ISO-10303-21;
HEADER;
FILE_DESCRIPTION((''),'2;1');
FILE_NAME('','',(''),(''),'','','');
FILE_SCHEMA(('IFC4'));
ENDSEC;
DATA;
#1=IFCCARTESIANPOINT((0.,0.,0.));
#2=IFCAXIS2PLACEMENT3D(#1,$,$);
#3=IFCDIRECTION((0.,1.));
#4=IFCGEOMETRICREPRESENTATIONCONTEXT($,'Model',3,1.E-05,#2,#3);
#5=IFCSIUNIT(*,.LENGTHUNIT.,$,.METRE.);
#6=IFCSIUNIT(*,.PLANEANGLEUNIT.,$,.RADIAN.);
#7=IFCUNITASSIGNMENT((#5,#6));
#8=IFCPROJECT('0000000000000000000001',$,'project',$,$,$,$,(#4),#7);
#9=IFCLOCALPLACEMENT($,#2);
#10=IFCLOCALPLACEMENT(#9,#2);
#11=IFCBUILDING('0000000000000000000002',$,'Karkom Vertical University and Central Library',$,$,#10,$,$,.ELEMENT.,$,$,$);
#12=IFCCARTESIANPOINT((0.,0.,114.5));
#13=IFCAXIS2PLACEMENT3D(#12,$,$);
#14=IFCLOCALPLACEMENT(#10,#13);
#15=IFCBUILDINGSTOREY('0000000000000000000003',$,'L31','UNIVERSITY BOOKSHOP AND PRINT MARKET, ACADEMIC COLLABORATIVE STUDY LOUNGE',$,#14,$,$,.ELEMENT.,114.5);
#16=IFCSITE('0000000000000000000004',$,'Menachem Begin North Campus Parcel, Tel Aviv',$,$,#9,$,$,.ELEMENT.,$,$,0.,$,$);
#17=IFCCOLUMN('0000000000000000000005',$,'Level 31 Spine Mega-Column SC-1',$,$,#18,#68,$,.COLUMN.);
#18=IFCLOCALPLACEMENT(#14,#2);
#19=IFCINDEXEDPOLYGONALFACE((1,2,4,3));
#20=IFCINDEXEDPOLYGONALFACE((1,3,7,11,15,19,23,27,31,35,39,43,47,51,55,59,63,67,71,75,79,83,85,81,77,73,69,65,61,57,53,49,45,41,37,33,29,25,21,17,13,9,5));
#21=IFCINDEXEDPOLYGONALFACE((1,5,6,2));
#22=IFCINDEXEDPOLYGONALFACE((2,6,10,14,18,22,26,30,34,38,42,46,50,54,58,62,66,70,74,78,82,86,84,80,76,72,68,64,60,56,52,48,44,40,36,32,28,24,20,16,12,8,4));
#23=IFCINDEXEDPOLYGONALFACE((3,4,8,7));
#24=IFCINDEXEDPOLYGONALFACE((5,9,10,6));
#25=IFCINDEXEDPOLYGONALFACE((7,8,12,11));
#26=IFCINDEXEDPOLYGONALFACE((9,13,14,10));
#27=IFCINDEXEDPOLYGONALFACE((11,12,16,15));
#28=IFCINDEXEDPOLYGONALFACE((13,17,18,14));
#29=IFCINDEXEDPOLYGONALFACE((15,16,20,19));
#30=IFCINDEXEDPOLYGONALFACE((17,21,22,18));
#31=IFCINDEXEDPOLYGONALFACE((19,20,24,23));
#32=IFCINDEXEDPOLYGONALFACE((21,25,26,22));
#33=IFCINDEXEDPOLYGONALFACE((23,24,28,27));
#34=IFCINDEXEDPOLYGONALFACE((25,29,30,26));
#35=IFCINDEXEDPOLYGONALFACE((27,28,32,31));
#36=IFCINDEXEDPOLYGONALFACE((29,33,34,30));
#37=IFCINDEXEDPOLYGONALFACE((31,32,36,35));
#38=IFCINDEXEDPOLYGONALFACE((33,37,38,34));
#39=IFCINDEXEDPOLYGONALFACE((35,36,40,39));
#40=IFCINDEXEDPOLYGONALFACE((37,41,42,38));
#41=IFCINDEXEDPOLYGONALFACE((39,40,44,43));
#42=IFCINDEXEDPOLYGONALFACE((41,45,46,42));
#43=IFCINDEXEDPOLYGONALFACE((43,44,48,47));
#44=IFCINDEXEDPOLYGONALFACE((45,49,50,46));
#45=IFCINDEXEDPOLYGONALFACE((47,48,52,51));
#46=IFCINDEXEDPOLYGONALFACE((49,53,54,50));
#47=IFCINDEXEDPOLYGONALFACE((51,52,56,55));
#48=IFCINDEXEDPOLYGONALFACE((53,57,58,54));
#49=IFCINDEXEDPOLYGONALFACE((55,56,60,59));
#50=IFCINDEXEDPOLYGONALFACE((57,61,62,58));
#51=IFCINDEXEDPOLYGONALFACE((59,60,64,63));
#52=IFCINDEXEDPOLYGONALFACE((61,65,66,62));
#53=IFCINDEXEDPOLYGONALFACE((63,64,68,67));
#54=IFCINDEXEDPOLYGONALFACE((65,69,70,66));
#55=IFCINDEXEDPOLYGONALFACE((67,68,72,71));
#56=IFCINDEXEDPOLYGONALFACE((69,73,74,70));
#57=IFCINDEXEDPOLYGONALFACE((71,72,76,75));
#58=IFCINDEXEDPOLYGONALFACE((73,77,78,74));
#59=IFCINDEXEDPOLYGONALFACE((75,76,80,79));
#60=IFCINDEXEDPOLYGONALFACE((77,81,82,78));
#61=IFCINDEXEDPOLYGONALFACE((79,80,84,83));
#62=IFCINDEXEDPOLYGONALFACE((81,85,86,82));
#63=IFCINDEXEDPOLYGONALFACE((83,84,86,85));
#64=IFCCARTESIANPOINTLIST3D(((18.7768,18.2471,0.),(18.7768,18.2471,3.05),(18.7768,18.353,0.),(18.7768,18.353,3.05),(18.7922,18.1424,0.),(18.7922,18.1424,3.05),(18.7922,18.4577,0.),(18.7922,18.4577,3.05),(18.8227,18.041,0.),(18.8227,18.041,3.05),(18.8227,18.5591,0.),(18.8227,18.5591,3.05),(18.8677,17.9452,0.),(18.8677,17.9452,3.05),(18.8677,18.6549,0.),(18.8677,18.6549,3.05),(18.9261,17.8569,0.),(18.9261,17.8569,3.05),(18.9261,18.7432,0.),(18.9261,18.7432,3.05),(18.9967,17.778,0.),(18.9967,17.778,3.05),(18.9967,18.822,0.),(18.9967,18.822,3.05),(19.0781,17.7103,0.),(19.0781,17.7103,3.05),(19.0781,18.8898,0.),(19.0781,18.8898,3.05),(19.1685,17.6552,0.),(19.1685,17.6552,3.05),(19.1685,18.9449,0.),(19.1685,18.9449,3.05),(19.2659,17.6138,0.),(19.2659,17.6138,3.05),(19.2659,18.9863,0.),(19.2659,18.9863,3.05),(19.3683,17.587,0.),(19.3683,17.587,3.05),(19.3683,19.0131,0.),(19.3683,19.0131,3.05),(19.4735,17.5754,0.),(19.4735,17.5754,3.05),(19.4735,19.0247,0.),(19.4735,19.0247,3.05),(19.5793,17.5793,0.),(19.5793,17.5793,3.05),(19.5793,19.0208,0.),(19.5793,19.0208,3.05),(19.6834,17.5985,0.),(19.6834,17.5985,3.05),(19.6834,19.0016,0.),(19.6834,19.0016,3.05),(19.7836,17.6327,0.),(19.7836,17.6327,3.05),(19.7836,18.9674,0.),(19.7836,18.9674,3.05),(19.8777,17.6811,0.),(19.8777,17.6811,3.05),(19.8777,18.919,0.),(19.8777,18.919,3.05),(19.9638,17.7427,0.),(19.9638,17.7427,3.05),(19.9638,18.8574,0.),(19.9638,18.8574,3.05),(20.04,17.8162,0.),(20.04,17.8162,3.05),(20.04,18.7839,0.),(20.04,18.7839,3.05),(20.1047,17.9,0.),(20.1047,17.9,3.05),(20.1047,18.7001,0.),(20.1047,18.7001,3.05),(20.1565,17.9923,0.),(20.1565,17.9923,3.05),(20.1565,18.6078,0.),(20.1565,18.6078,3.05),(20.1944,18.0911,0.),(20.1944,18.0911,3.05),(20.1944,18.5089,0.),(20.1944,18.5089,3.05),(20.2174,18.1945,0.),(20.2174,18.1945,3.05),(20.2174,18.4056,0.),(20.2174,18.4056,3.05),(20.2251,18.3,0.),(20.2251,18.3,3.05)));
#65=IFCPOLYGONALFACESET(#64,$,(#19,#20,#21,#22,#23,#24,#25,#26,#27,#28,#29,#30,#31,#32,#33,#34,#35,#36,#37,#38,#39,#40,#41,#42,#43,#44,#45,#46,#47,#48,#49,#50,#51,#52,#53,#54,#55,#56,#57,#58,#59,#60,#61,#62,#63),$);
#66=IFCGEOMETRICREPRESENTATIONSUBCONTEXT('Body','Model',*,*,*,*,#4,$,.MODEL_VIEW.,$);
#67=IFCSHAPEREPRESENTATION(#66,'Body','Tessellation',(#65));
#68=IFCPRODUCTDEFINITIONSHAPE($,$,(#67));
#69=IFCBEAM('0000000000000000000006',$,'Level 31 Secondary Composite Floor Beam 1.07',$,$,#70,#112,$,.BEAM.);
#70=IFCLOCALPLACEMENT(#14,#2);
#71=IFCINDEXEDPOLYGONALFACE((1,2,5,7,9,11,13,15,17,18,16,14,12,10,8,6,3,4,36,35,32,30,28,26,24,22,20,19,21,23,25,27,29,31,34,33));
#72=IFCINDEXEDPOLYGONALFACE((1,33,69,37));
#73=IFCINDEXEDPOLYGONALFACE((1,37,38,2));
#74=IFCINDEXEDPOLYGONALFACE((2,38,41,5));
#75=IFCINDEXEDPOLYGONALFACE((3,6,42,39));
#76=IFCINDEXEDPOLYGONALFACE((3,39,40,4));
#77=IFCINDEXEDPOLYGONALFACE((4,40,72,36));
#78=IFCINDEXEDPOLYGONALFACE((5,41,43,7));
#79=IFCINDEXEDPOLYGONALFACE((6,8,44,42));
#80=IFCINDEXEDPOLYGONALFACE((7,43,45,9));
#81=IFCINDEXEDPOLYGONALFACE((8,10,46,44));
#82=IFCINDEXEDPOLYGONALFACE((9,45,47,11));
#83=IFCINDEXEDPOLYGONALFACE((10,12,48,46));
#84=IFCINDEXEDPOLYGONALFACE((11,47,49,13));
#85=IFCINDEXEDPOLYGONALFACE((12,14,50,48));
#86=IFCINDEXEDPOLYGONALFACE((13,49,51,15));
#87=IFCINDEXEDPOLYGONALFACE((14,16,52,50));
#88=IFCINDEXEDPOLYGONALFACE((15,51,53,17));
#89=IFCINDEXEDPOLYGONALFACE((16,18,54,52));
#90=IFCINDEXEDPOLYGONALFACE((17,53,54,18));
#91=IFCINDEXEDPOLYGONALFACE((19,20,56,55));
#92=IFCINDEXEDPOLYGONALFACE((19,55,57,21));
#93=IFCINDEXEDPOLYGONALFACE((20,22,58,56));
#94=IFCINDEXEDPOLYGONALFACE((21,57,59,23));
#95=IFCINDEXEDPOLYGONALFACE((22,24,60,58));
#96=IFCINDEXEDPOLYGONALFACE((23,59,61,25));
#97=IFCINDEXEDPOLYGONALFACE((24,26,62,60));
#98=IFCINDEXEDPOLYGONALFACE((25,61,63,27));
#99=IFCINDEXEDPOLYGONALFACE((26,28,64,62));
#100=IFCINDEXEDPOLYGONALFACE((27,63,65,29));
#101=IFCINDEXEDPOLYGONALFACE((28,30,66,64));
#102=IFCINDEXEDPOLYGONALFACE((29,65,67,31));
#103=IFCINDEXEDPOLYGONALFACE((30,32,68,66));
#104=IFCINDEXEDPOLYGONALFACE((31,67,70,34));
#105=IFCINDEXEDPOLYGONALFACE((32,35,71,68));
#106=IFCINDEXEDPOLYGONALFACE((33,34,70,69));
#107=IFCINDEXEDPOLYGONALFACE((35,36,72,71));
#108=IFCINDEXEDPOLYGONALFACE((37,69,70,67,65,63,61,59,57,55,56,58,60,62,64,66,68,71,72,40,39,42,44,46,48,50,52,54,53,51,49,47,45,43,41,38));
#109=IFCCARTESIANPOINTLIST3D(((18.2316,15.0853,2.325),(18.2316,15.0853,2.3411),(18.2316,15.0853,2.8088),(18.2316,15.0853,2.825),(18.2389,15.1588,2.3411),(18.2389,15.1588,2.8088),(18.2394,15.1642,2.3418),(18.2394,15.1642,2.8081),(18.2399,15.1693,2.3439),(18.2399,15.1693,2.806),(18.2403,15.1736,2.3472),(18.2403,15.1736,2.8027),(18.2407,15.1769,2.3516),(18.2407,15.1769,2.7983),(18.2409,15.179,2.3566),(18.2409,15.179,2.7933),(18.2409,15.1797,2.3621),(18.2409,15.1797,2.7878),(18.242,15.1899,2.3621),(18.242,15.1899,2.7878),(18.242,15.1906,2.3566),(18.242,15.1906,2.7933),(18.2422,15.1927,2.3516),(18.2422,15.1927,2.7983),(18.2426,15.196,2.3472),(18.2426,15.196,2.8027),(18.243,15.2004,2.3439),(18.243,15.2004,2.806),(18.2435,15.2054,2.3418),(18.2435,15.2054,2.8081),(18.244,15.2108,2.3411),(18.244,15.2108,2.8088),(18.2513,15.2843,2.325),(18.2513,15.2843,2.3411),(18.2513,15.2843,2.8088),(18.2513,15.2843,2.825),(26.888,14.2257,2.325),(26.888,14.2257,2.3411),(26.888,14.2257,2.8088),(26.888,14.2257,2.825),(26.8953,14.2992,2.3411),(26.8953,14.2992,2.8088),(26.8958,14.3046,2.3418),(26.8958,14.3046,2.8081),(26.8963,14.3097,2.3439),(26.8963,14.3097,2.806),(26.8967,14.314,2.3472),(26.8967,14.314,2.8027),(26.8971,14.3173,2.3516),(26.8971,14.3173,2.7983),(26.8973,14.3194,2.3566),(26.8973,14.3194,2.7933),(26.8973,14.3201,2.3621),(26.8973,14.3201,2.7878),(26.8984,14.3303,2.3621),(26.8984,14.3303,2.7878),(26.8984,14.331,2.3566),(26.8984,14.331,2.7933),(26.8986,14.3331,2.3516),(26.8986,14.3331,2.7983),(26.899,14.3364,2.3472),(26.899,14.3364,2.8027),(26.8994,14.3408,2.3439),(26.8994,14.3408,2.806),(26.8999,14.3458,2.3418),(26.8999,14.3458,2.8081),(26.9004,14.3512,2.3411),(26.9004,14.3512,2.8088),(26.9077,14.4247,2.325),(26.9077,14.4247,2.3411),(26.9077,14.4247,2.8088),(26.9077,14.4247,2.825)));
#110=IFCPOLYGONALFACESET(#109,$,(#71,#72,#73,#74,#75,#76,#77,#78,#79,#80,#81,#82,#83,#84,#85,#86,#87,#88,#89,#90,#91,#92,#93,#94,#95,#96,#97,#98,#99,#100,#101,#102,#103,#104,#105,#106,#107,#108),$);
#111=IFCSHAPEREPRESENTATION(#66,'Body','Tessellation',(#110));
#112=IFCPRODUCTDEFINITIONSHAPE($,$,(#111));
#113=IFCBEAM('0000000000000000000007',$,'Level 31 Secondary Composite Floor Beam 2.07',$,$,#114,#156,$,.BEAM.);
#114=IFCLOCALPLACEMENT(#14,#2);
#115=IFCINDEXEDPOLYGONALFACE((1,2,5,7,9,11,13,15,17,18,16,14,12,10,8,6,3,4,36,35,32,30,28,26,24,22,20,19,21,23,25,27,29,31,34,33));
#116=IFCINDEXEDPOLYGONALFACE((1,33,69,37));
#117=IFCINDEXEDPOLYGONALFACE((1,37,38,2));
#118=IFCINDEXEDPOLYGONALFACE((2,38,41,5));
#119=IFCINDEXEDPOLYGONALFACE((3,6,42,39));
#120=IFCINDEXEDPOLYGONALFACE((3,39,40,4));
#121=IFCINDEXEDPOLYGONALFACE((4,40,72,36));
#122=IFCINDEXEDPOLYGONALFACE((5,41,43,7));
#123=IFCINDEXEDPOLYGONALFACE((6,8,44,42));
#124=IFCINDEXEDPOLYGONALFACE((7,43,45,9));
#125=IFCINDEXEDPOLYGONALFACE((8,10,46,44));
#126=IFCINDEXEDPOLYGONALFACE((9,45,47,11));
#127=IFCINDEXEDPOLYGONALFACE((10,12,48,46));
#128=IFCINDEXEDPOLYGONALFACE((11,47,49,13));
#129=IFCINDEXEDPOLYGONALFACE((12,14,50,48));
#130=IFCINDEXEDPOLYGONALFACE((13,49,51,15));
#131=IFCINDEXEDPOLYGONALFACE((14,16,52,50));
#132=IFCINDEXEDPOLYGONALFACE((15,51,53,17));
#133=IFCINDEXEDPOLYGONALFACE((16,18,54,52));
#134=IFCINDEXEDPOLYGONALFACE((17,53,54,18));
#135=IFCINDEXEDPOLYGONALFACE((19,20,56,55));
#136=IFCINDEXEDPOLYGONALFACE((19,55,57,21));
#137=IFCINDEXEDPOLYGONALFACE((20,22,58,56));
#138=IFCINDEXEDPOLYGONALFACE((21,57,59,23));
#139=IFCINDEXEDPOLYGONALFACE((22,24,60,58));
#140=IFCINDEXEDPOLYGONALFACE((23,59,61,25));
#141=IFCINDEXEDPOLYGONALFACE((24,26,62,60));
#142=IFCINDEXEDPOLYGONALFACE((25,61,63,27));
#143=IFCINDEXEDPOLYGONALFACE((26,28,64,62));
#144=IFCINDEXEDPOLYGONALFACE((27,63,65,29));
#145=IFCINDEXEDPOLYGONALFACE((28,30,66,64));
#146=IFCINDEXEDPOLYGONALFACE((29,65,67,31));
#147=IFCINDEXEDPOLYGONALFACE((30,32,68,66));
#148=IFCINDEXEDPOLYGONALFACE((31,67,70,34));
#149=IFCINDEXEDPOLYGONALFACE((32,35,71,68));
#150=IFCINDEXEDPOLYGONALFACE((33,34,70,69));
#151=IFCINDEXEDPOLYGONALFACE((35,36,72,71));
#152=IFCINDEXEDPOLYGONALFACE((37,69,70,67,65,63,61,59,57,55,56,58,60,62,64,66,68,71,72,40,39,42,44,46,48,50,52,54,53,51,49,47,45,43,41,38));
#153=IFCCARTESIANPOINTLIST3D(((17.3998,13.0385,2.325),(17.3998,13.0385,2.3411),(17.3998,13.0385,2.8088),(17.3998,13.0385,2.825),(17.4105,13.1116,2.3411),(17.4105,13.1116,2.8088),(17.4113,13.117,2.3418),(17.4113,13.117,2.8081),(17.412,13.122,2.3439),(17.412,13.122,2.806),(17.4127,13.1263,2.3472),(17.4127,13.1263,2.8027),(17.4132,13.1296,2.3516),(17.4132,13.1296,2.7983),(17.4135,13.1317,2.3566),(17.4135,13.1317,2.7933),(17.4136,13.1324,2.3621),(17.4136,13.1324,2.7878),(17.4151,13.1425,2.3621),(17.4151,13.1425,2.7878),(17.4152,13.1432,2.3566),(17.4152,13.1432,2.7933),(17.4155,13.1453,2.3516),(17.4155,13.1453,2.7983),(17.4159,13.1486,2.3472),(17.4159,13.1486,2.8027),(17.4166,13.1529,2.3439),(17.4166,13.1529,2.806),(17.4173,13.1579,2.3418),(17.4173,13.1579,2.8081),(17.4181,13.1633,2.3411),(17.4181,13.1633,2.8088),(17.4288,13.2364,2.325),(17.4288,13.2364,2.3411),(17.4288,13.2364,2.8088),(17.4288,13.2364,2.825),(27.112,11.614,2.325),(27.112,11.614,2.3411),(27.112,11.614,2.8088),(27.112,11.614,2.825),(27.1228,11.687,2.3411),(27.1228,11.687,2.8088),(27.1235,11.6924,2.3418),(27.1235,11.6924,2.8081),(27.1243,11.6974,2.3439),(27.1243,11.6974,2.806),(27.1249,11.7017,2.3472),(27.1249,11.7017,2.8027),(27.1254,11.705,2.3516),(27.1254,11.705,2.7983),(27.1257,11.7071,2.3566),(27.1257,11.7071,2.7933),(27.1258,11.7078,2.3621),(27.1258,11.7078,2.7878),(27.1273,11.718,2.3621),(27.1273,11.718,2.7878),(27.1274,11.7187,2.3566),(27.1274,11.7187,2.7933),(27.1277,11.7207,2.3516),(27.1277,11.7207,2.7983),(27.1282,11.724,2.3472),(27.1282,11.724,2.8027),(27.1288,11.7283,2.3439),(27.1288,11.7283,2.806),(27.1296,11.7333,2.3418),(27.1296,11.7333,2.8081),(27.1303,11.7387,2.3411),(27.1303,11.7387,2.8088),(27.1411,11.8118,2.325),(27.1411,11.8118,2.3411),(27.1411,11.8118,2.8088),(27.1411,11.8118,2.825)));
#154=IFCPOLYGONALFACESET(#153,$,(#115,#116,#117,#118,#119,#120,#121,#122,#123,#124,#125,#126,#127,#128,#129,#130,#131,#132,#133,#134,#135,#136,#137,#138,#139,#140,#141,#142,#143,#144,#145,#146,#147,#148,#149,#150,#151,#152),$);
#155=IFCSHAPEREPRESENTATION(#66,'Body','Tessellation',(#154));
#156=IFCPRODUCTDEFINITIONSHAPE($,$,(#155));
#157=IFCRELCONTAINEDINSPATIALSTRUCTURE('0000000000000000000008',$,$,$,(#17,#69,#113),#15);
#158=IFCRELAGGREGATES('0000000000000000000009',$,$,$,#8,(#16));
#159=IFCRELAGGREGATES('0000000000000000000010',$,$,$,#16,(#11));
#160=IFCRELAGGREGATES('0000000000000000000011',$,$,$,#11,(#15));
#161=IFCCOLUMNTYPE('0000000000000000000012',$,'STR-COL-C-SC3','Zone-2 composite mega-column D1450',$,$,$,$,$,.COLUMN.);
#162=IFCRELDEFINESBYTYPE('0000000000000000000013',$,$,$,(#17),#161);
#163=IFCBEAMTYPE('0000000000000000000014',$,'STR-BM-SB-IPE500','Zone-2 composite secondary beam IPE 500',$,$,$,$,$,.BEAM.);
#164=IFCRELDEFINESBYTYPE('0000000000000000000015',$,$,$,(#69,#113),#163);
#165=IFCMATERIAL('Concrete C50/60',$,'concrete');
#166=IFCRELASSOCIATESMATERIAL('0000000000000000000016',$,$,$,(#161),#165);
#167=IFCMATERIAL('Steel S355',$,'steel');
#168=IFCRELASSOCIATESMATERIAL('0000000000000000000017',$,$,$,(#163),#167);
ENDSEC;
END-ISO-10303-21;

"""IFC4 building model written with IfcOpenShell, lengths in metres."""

from ifc_helpers import new_model, si_unit, direction, frame, origin, origin_with_axes, origin_2d, place, context, subcontext, project, spatial, circle, i_section, extrude, source, transform, mapped, material, material_profile, profile_set, type_object, element, save


model = new_model("IFC4")

# Units and contexts
model_context = context("Model", 3, precision=1e-05, world=origin(), true_north=direction((0.0, 1.0)))
body_context = subcontext(model_context, "Body", "Model", "MODEL_VIEW")
ifc_project = project(units=[si_unit("LENGTHUNIT", "METRE"), si_unit("PLANEANGLEUNIT", "RADIAN")], contexts=[model_context])

# Site, building, storey
site_placement = place(None, origin())
site = spatial("IfcSite", under=ifc_project, at=site_placement, Name="Menachem Begin North Campus Parcel, Tel Aviv", CompositionType="ELEMENT", RefElevation=0.0)
building_placement = place(site_placement, origin())
building = spatial("IfcBuilding", under=site, at=building_placement, Name="Karkom Vertical University and Central Library", CompositionType="ELEMENT")
storey_placement = place(building_placement, frame((0.0, 0.0, 114.5)))
storey = spatial("IfcBuildingStorey", under=building, at=storey_placement, Name="L31", Description="UNIVERSITY BOOKSHOP AND PRINT MARKET, ACADEMIC COLLABORATIVE STUDY LOUNGE", CompositionType="ELEMENT", Elevation=114.5)

# Column
ifc_material_1 = material(Name="Concrete C50/60", Category="concrete")
ifc_material_profile_1 = material_profile(ifc_material_1, circle(Radius=0.7251, at=origin_2d()), Name="CFT-D1450")
ifc_profile_set_1 = profile_set([ifc_material_profile_1], Name="Concrete C50/60")
column_type = type_object("IfcColumnType", Name="STR-COL-C-SC3", Description="Zone-2 composite mega-column D1450", PredefinedType="COLUMN", material=ifc_profile_set_1)
shared_shape_1 = source(origin_with_axes(), body_context, "Body", "SweptSolid", [
    extrude(circle(Radius=0.7251, at=origin_2d()), origin(), (0.0, 0.0, 1.0), 3.05),
])
column_placement = place(storey_placement, frame((19.5, 18.3, 0.0), z_axis=(0.0, 0.0, 1.0), x_axis=(1.0, 0.0, 0.0)))
element("IfcColumn", 1, at=column_placement, inside=storey, type_object=column_type, Name="Level 31 Spine Mega-Column SC-1", PredefinedType="COLUMN", context=body_context, shape_type="MappedRepresentation", body=[
    mapped(shared_shape_1, transform((0.0, 0.0, 0.0), scale=1.0)),
])

# Beams
ifc_material_2 = material(Name="Steel S355", Category="steel")
ifc_material_profile_2 = material_profile(ifc_material_2, i_section(OverallWidth=0.2, OverallDepth=0.5, WebThickness=0.0103, FlangeThickness=0.0161, FilletRadius=0.021, at=origin_2d()), Name="IPE 500")
ifc_profile_set_2 = profile_set([ifc_material_profile_2], Name="Steel S355")
beam_type_1 = type_object("IfcBeamType", Name="STR-BM-SB-IPE500", Description="Zone-2 composite secondary beam IPE 500", PredefinedType="BEAM", material=ifc_profile_set_2)
shared_shape_2 = source(origin_with_axes(), body_context, "Body", "SweptSolid", [
    extrude(i_section(OverallWidth=0.2, OverallDepth=0.5, WebThickness=0.0103, FlangeThickness=0.0161, FilletRadius=0.021, at=origin_2d()), origin(), (0.0, 0.0, 1.0), 8.699),
])
beam_1_placement = place(storey_placement, frame((18.2415, 15.1848, 2.575), z_axis=(0.995106, -0.098817, 0.0), x_axis=(0.098817, 0.995106, 0.0)))
element("IfcBeam", 2, at=beam_1_placement, inside=storey, type_object=beam_type_1, Name="Level 31 Secondary Composite Floor Beam 1.07", PredefinedType="BEAM", context=body_context, shape_type="MappedRepresentation", body=[
    mapped(shared_shape_2, transform((0.0, 0.0, 0.0), scale=1.0)),
])
shared_shape_3 = source(origin_with_axes(), body_context, "Body", "SweptSolid", [
    extrude(i_section(OverallWidth=0.2, OverallDepth=0.5, WebThickness=0.0103, FlangeThickness=0.0161, FilletRadius=0.021, at=origin_2d()), origin(), (0.0, 0.0, 1.0), 9.8162),
])
beam_2_placement = place(storey_placement, frame((17.4143, 13.1375, 2.575), z_axis=(0.989413, -0.145125, 0.0), x_axis=(0.145125, 0.989413, 0.0)))
element("IfcBeam", 3, at=beam_2_placement, inside=storey, type_object=beam_type_1, Name="Level 31 Secondary Composite Floor Beam 2.07", PredefinedType="BEAM", context=body_context, shape_type="MappedRepresentation", body=[
    mapped(shared_shape_3, transform((0.0, 0.0, 0.0), scale=1.0)),
])

save(model, "model.ifc")
